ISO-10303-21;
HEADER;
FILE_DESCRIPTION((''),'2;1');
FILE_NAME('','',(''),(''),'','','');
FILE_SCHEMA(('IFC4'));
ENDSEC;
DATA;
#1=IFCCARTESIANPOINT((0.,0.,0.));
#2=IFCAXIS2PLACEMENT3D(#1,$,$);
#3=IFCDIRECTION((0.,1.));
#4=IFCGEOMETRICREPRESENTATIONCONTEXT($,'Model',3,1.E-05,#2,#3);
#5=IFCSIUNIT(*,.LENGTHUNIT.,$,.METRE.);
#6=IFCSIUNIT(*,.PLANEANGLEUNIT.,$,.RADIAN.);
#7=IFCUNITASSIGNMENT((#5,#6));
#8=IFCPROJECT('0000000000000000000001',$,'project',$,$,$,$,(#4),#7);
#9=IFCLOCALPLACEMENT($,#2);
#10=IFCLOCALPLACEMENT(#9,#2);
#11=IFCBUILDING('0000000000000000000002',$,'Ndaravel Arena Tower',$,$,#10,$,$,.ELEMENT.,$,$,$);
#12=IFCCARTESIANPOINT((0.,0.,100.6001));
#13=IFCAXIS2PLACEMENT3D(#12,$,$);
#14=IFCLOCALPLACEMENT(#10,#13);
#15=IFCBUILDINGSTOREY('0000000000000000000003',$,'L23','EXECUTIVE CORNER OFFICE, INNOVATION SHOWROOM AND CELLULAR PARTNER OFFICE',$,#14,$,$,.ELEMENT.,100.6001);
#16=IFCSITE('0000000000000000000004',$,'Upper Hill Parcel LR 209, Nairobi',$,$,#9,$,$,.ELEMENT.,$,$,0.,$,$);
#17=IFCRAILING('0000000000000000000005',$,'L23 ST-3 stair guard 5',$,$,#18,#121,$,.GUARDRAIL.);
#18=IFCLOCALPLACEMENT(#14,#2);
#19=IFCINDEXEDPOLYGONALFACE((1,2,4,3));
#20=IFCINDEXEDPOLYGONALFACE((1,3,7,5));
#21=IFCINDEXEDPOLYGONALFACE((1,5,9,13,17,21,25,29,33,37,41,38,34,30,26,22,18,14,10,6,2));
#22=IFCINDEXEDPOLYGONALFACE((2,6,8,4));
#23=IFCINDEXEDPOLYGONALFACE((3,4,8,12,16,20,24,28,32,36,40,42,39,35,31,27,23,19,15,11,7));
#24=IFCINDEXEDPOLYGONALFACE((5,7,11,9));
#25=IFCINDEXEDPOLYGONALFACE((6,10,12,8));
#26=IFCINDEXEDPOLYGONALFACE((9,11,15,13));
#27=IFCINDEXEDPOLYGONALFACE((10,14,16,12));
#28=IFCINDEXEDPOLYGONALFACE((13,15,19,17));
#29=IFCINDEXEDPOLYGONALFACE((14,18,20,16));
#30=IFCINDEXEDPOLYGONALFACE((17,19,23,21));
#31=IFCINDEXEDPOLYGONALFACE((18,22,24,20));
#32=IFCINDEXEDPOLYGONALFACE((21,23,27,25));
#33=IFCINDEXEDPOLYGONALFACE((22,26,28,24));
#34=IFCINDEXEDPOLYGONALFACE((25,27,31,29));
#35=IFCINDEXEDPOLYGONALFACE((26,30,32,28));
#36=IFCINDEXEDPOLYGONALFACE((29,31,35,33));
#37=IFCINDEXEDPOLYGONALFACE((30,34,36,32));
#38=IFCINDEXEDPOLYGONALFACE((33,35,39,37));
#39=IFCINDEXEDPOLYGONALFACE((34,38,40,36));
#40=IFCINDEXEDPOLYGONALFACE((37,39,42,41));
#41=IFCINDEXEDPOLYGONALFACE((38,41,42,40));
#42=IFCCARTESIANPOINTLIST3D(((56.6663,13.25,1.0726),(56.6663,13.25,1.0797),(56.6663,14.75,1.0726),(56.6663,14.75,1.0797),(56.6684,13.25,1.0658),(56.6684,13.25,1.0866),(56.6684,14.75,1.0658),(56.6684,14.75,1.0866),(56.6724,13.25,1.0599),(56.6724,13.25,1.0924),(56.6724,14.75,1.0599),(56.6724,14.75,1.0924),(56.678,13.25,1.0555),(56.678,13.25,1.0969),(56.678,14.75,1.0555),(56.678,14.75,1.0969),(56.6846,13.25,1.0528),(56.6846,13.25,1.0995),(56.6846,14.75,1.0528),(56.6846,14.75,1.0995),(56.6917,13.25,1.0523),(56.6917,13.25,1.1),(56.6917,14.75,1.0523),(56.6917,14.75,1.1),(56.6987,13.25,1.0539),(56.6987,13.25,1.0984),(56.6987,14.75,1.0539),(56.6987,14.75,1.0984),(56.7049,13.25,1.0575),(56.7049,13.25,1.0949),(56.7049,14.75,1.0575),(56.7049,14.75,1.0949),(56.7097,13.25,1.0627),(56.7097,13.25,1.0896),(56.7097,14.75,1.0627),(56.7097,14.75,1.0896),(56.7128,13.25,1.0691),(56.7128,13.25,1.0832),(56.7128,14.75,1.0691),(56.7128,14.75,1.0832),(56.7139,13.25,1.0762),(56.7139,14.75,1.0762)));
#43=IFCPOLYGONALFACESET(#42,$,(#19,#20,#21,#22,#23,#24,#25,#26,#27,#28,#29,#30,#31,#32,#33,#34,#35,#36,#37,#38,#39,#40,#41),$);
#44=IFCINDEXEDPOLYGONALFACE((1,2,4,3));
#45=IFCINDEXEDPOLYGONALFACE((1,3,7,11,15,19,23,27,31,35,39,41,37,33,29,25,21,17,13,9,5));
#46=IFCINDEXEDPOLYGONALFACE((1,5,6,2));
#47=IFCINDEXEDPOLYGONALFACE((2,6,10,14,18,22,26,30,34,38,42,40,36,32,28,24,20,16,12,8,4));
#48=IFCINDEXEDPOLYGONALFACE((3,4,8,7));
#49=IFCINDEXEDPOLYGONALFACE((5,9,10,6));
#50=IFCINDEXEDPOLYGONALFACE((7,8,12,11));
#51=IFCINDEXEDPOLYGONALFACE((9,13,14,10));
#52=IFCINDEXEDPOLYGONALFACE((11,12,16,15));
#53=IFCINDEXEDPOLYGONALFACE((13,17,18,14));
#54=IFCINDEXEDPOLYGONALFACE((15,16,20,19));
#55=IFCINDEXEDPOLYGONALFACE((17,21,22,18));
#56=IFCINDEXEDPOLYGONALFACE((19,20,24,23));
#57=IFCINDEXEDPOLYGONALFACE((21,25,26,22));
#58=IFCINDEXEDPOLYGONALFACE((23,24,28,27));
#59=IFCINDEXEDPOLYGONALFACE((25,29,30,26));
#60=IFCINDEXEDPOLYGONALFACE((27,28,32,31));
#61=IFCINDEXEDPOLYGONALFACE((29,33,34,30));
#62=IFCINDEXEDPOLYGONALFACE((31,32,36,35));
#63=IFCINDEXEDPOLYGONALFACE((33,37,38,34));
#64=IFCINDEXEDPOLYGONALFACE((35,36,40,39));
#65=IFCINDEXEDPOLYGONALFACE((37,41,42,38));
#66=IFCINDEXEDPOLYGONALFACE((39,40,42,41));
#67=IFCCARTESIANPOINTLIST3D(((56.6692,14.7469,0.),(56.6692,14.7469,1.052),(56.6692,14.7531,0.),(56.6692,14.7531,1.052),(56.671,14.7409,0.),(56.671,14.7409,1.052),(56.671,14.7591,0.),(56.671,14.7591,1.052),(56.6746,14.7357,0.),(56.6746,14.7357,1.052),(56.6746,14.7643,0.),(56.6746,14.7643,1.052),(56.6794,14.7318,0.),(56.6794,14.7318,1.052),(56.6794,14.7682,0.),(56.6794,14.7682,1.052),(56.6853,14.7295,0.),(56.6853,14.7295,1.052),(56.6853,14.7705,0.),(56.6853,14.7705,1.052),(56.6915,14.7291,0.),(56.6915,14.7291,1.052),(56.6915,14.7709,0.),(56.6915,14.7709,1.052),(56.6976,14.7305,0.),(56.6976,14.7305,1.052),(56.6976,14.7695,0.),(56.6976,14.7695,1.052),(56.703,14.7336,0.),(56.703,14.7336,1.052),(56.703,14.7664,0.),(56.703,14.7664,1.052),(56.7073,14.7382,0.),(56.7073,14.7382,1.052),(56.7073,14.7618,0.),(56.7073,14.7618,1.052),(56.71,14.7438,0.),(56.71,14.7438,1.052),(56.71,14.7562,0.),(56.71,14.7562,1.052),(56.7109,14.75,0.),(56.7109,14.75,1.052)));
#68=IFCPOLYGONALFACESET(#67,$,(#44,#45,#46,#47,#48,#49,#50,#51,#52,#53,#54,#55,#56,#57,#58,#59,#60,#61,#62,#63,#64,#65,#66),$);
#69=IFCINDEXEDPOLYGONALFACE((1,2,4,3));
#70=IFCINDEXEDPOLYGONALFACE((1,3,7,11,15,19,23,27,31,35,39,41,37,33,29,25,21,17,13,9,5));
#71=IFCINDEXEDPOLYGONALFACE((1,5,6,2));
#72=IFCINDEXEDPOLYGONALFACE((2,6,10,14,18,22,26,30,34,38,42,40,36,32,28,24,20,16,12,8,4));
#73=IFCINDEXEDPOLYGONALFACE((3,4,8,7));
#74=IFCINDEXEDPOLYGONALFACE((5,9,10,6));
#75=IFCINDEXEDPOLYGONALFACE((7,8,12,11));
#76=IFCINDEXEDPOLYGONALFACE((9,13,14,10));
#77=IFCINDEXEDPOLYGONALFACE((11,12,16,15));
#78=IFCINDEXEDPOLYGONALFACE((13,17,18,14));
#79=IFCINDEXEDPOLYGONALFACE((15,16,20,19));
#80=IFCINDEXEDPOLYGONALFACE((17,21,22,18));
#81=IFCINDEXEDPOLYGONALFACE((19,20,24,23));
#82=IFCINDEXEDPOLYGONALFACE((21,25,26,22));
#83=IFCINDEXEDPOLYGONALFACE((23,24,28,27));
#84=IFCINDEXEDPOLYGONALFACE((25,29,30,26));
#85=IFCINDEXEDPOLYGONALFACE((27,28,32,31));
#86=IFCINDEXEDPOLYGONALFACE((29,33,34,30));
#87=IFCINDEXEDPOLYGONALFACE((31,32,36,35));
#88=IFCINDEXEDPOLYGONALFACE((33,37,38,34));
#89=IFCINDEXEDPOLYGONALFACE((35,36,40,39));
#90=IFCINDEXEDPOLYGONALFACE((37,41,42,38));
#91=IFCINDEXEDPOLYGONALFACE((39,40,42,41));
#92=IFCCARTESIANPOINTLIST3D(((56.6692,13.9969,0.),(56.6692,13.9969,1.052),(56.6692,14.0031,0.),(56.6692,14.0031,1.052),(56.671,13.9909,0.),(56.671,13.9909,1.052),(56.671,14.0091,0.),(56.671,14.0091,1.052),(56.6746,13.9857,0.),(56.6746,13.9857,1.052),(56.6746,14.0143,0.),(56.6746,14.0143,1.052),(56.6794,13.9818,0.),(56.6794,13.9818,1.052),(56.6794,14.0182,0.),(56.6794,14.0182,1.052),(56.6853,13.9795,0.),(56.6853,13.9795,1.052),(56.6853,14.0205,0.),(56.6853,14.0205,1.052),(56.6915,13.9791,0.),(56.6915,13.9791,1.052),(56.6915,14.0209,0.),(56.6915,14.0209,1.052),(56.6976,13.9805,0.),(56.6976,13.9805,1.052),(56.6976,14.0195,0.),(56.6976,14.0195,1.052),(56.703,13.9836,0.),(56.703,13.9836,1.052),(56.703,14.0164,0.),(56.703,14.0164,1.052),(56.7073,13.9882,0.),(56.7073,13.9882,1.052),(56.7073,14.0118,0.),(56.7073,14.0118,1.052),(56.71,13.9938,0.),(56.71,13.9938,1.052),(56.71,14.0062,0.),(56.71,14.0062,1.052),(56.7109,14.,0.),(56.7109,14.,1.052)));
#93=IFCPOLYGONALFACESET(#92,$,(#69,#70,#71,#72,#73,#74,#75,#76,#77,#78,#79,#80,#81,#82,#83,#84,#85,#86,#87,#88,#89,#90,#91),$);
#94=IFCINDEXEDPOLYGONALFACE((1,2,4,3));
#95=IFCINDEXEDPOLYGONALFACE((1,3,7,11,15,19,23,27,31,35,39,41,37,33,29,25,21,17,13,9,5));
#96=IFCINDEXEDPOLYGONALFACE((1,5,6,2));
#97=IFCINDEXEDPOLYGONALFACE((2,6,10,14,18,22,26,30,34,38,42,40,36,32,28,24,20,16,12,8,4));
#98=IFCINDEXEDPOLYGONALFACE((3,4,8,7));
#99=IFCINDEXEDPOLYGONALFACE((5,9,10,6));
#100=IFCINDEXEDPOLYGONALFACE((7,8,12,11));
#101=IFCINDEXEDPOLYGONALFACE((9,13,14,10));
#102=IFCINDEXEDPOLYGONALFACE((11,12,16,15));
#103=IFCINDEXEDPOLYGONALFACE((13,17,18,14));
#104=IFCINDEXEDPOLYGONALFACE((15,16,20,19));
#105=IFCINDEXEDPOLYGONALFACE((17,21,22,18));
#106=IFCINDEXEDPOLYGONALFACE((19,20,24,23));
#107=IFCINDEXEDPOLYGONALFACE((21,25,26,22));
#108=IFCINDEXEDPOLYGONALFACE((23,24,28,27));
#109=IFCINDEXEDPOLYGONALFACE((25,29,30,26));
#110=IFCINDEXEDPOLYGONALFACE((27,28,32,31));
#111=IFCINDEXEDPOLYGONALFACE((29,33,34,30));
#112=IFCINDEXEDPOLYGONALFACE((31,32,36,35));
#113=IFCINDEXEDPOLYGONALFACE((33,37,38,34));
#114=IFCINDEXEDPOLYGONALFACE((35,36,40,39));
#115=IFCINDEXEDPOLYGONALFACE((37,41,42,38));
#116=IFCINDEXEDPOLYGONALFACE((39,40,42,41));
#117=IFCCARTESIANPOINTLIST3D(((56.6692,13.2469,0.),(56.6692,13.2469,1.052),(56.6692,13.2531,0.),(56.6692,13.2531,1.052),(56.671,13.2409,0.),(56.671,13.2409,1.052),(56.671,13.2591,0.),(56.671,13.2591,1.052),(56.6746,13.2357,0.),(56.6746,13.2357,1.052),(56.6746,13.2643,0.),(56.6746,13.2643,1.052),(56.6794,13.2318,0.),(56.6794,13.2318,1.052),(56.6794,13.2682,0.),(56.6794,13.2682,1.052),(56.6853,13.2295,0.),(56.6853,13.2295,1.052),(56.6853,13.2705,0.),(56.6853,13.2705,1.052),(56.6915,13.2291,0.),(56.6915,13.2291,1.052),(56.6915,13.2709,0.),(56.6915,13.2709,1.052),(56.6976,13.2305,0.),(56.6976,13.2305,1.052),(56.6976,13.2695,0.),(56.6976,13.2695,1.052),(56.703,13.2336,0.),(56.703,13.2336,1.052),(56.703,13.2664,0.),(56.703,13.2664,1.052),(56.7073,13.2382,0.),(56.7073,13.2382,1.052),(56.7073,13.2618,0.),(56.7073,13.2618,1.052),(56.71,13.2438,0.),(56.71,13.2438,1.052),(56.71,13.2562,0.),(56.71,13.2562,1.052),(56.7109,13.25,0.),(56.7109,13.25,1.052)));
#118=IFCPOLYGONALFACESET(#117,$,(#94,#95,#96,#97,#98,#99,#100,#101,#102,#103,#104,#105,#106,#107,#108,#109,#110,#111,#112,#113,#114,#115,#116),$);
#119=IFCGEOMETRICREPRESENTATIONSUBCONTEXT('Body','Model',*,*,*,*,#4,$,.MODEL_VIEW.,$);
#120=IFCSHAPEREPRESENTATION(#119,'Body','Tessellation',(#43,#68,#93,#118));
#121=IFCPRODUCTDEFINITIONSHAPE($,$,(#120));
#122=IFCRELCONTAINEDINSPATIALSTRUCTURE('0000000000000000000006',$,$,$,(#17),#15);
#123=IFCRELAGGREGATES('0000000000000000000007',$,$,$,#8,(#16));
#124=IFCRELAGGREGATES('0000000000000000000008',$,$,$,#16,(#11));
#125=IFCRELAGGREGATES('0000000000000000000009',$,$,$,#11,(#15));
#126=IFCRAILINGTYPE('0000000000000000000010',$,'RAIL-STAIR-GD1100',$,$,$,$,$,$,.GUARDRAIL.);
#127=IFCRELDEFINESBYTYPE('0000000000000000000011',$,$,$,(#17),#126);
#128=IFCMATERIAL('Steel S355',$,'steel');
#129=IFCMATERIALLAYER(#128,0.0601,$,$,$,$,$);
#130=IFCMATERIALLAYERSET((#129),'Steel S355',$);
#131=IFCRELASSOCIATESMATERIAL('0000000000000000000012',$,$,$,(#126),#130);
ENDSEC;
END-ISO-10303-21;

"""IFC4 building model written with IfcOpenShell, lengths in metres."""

from ifc_helpers import new_model, si_unit, direction, frame, origin, origin_2d, place, context, subcontext, project, spatial, circle, extrude, material, layer, layer_set, type_object, element, save


model = new_model("IFC4")

# Units and contexts
model_context = context("Model", 3, precision=1e-05, world=origin(), true_north=direction((0.0, 1.0)))
body_context = subcontext(model_context, "Body", "Model", "MODEL_VIEW")
ifc_project = project(units=[si_unit("LENGTHUNIT", "METRE"), si_unit("PLANEANGLEUNIT", "RADIAN")], contexts=[model_context])

# Site, building, storey
site_placement = place(None, origin())
site = spatial("IfcSite", under=ifc_project, at=site_placement, Name="Upper Hill Parcel LR 209, Nairobi", CompositionType="ELEMENT", RefElevation=0.0)
building_placement = place(site_placement, origin())
building = spatial("IfcBuilding", under=site, at=building_placement, Name="Ndaravel Arena Tower", CompositionType="ELEMENT")
storey_placement = place(building_placement, frame((0.0, 0.0, 100.6001)))
storey = spatial("IfcBuildingStorey", under=building, at=storey_placement, Name="L23", Description="EXECUTIVE CORNER OFFICE, INNOVATION SHOWROOM AND CELLULAR PARTNER OFFICE", CompositionType="ELEMENT", Elevation=100.6001)

# Railing
ifc_material_1 = material(Name="Steel S355", Category="steel")
ifc_layer_1 = layer(ifc_material_1, 0.0601)
ifc_layer_set_1 = layer_set([ifc_layer_1], Name="Steel S355")
railing_type = type_object("IfcRailingType", Name="RAIL-STAIR-GD1100", PredefinedType="GUARDRAIL", material=ifc_layer_set_1)
for number, where, name in (
    (1, (56.6899, 14.75, 0.0), "L23 ST-3 stair guard 5"),
):
    element("IfcRailing", number, at=place(storey_placement, frame(where)), inside=storey, type_object=railing_type, Name=name, PredefinedType="GUARDRAIL", context=body_context, shape_type="SweptSolid", body=[
        extrude(circle(Radius=0.0239, at=origin_2d()), frame((0.0, 0.0, 1.0762), z_axis=(0.0, -1.0, 0.0), x_axis=(1.0, 0.0, 0.0)), (0.0, 0.0, 1.0), 1.5),
        extrude(circle(Radius=0.021, at=origin_2d()), origin(), (0.0, 0.0, 1.0), 1.052),
        extrude(circle(Radius=0.021, at=origin_2d()), frame((0.0, -0.75, 0.0)), (0.0, 0.0, 1.0), 1.052),
        extrude(circle(Radius=0.021, at=origin_2d()), frame((0.0, -1.5, 0.0)), (0.0, 0.0, 1.0), 1.052),
    ])

save(model, "model.ifc")
